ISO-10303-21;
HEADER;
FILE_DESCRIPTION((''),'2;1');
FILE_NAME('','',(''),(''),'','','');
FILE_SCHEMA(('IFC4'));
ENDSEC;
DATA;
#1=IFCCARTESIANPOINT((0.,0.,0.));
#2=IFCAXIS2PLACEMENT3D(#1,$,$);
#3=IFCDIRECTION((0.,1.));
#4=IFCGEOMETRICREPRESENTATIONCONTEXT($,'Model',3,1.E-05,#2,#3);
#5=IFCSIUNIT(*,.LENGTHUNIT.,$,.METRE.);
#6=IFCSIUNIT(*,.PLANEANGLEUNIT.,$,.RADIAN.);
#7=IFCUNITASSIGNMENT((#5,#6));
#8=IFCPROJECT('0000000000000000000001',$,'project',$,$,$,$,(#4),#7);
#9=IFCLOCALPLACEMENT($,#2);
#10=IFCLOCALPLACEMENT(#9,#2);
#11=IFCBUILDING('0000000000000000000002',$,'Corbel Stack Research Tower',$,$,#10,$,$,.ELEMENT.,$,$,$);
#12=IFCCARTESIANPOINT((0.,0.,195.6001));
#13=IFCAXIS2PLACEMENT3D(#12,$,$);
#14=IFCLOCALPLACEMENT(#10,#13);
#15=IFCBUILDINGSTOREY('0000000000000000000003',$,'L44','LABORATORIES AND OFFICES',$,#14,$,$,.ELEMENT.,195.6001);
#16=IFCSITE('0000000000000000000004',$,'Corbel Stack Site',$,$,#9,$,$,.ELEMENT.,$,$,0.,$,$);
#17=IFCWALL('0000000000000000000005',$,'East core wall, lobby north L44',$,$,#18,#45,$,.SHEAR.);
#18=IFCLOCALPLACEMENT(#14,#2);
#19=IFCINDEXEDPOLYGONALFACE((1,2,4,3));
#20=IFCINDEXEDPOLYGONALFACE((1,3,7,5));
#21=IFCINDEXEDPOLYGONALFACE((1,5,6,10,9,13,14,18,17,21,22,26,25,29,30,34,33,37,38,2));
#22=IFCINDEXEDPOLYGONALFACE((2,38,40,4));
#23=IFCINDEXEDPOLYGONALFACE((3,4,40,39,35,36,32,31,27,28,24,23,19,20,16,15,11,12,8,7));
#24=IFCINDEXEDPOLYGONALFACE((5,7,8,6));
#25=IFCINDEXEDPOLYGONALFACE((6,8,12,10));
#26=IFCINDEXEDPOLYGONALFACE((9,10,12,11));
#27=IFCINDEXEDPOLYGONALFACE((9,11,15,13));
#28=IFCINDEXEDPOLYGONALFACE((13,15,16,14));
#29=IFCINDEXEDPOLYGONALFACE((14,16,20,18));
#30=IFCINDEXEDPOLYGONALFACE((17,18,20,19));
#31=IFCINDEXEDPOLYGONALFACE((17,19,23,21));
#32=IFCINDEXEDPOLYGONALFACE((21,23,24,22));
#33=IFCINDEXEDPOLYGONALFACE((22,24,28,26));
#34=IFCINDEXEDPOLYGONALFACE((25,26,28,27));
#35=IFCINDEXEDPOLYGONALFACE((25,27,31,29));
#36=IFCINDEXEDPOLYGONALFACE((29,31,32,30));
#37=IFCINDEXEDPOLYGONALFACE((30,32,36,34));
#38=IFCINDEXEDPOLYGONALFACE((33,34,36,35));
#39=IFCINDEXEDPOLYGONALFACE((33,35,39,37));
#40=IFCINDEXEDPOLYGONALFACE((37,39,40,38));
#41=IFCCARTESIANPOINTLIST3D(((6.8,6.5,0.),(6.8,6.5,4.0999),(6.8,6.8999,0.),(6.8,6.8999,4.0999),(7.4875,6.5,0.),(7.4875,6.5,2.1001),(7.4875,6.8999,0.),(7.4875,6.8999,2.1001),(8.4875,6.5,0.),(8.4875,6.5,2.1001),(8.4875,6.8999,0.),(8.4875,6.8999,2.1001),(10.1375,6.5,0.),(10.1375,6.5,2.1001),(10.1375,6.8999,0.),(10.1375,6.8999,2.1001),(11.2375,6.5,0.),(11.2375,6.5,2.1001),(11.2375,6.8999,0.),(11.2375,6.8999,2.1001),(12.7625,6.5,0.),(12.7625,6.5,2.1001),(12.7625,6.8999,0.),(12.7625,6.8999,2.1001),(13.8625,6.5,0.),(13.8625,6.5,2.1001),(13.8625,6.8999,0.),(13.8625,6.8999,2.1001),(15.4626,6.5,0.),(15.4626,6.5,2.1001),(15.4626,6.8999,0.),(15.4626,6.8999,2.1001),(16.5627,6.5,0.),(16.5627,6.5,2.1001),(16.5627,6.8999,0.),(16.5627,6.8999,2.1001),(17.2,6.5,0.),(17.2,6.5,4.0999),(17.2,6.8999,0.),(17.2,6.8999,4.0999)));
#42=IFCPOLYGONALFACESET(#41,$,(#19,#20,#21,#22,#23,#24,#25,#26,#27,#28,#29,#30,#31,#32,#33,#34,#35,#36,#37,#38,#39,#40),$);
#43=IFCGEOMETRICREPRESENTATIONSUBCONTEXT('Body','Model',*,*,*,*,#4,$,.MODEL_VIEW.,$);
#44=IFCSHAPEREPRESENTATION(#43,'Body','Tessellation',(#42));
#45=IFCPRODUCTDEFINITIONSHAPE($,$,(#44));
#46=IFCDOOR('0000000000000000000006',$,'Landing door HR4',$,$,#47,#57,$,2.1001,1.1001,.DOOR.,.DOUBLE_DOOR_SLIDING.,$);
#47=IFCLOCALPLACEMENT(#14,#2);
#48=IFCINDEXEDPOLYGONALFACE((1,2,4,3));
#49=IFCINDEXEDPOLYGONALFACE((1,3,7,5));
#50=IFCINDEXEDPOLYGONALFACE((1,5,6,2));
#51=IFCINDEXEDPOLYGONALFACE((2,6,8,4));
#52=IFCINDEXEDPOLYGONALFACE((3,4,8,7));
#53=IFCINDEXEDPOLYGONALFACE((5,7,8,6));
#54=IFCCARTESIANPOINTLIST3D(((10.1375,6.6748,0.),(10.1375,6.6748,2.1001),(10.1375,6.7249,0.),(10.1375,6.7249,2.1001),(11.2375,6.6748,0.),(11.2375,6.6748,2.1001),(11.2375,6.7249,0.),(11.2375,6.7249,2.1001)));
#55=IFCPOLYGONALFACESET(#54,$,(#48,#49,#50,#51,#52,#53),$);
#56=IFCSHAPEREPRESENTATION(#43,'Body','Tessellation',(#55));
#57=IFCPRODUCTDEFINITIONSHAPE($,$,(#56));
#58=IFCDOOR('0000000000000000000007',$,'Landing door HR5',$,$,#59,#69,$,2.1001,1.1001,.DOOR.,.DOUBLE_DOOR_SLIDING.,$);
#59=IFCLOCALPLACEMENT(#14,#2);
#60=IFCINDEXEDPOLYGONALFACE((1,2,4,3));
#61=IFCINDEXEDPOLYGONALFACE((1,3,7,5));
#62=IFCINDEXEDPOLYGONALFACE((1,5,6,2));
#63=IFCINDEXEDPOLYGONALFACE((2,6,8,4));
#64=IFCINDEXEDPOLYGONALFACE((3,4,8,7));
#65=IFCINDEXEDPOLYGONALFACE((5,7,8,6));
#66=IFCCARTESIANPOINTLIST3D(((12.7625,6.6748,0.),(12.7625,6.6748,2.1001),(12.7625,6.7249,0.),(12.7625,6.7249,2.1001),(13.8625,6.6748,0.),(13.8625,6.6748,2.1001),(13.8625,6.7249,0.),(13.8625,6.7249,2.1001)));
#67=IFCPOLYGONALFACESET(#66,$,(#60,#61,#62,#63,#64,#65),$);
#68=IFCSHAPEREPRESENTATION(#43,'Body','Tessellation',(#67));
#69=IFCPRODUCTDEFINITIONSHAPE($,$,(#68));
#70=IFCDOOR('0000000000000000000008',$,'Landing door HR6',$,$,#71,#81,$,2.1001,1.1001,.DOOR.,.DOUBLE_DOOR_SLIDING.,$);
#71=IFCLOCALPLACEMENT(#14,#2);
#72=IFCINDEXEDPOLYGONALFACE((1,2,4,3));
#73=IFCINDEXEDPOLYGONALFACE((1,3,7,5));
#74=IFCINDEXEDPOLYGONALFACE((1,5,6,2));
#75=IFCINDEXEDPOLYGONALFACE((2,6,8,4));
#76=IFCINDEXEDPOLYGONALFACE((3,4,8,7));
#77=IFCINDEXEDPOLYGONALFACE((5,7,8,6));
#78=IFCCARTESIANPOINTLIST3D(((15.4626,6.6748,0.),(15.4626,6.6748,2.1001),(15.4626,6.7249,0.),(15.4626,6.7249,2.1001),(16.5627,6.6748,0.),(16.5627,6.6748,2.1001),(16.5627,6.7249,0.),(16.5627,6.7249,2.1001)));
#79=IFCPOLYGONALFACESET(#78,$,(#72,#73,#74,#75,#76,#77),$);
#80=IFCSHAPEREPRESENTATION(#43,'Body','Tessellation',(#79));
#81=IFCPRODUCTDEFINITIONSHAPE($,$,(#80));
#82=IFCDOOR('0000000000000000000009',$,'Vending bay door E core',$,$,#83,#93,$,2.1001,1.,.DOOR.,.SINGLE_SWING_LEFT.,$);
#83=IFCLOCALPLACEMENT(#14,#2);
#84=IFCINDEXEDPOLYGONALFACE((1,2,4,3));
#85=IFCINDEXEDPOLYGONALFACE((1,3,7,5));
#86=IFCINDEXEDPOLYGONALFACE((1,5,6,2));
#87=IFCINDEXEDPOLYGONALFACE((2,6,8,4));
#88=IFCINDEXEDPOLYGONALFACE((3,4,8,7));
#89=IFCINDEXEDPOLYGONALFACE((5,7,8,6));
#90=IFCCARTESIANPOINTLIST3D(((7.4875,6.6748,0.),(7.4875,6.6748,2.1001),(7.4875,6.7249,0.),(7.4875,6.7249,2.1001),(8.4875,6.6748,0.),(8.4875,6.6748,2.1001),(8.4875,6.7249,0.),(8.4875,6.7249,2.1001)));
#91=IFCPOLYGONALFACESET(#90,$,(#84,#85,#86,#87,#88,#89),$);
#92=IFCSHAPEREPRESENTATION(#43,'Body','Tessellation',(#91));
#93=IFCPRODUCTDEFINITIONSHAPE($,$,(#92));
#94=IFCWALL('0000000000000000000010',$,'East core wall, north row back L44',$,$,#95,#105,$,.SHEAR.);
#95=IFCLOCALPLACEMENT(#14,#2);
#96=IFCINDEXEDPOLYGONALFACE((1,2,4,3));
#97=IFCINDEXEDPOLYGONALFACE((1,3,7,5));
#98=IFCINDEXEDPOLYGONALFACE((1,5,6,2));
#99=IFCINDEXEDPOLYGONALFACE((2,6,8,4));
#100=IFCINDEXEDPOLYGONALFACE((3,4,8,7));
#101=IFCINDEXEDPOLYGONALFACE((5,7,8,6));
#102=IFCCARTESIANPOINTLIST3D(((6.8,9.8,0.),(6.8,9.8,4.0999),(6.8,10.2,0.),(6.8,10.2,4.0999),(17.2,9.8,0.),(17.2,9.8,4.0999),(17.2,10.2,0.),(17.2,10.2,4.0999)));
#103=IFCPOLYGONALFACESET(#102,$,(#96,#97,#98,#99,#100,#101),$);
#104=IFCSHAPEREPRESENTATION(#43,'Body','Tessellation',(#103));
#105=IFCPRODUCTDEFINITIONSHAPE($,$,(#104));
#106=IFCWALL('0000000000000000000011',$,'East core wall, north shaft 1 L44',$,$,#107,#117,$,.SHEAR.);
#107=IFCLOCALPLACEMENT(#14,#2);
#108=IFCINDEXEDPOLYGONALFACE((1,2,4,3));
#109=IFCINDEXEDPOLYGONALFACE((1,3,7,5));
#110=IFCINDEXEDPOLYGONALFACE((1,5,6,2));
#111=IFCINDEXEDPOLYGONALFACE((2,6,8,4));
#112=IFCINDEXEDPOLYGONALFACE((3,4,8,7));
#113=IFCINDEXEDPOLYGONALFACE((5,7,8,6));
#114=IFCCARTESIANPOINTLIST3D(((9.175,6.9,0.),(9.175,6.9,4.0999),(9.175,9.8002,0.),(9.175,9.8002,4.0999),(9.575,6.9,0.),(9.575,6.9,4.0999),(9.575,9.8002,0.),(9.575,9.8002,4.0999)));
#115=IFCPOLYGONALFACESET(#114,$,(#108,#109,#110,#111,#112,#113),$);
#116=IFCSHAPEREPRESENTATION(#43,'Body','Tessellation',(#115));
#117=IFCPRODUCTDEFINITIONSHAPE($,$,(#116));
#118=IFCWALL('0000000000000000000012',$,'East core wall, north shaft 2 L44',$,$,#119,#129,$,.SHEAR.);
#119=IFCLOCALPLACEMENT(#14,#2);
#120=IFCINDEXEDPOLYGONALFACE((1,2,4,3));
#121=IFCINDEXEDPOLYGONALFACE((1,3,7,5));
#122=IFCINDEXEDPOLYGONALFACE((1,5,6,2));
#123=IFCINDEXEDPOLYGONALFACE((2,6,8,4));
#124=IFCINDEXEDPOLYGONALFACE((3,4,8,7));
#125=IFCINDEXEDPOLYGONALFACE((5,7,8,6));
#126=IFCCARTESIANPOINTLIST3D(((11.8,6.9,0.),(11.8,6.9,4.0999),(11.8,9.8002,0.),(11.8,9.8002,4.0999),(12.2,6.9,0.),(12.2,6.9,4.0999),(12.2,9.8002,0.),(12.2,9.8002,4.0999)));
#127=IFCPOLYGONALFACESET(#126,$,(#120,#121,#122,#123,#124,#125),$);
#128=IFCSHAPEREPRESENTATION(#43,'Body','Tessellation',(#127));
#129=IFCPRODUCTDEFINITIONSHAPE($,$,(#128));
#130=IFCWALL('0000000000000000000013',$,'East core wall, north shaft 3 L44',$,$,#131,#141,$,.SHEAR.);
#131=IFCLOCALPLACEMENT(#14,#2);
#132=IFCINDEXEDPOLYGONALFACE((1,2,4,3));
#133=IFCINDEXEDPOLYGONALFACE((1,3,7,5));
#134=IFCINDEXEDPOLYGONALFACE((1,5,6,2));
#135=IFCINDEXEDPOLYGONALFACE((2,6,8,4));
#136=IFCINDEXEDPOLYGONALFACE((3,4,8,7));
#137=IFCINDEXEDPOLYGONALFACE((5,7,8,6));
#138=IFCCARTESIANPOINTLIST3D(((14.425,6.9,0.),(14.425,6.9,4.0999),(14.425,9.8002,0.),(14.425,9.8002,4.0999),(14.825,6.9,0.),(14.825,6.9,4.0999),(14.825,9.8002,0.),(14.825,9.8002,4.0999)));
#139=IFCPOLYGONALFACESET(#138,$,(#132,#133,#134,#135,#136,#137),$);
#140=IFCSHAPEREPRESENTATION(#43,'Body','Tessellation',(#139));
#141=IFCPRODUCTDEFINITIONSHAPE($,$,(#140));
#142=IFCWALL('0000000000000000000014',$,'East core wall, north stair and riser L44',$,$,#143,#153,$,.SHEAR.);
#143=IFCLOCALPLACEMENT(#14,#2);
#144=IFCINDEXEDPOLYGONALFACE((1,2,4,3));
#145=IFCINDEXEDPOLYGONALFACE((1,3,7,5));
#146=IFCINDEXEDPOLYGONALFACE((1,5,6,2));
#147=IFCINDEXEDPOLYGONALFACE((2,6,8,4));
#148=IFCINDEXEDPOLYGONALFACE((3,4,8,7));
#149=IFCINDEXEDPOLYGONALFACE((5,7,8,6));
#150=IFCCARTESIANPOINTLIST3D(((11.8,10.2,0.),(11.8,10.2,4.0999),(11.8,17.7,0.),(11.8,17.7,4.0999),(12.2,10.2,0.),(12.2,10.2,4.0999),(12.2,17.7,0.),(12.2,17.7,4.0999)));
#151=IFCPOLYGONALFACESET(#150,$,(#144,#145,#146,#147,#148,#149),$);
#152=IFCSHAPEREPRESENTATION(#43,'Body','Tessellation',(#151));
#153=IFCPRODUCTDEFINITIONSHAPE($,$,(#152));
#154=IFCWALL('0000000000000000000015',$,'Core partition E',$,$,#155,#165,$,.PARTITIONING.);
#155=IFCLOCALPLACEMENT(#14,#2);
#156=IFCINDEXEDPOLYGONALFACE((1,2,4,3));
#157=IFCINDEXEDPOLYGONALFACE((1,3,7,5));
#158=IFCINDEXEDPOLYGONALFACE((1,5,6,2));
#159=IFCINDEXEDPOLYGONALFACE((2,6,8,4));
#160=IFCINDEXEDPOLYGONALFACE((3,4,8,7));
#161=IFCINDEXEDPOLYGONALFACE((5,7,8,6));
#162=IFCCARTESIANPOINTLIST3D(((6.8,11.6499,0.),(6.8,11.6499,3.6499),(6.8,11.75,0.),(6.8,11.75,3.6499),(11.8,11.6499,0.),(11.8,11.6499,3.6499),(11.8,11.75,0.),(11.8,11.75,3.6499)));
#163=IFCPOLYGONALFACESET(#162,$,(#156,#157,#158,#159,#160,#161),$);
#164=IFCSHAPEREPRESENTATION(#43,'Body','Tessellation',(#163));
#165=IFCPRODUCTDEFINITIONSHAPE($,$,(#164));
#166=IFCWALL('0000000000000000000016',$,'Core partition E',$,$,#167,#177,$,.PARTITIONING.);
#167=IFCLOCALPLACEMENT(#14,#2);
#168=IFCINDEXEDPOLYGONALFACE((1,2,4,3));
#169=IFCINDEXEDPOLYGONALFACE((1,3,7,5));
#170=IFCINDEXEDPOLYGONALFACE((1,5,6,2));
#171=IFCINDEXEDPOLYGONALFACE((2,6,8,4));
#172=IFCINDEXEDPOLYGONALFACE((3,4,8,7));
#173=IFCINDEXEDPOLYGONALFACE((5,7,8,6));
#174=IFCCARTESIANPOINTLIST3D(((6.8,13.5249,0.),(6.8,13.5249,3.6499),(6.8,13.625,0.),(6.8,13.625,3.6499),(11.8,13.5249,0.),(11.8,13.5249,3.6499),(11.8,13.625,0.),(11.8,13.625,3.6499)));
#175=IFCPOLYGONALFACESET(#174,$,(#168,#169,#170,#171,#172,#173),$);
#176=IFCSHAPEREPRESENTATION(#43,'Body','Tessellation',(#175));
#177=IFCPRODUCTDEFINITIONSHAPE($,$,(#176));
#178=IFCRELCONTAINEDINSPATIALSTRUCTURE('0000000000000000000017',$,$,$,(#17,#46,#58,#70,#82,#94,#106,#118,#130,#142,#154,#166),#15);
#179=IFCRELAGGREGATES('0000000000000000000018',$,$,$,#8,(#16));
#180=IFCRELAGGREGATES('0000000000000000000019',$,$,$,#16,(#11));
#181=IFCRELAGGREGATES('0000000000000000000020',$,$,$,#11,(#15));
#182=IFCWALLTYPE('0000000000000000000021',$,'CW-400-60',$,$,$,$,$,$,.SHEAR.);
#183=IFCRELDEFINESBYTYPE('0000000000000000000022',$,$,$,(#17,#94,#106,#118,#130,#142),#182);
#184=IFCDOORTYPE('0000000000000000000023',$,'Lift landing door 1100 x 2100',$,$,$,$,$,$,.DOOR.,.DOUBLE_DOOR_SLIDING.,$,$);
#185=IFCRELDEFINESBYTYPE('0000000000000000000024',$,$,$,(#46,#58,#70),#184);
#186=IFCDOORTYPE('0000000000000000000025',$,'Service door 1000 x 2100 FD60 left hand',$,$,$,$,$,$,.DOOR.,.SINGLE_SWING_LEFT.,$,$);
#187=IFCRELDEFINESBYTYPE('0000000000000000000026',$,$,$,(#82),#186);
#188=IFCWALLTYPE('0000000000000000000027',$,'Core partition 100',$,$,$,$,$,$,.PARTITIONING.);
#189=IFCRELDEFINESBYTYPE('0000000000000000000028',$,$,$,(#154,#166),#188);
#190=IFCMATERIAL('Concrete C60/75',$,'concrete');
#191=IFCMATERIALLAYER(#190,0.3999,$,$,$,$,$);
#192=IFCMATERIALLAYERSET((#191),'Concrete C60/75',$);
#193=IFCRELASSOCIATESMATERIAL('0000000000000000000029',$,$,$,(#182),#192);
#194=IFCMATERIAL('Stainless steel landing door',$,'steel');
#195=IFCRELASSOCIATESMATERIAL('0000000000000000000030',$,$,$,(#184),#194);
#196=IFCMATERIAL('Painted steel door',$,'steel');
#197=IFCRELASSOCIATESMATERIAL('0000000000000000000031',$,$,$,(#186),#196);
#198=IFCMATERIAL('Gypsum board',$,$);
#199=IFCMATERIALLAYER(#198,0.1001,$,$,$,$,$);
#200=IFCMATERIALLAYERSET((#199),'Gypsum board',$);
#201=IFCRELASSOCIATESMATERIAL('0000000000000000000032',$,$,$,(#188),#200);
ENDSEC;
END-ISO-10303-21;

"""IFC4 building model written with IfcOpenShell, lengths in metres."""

from ifc_helpers import new_model, si_unit, direction, frame, frame_2d, origin, place, context, subcontext, project, spatial, rectangle, extrude, material, layer, layer_set, type_object, element, fill, save


model = new_model("IFC4")

# Units and contexts
model_context = context("Model", 3, precision=1e-05, world=origin(), true_north=direction((0.0, 1.0)))
body_context = subcontext(model_context, "Body", "Model", "MODEL_VIEW")
ifc_project = project(units=[si_unit("LENGTHUNIT", "METRE"), si_unit("PLANEANGLEUNIT", "RADIAN")], contexts=[model_context])

# Site, building, storey
site_placement = place(None, origin())
site = spatial("IfcSite", under=ifc_project, at=site_placement, Name="Corbel Stack Site", CompositionType="ELEMENT", RefElevation=0.0)
building_placement = place(site_placement, origin())
building = spatial("IfcBuilding", under=site, at=building_placement, Name="Corbel Stack Research Tower", CompositionType="ELEMENT")
storey_placement = place(building_placement, frame((0.0, 0.0, 195.6001)))
storey = spatial("IfcBuildingStorey", under=building, at=storey_placement, Name="L44", Description="LABORATORIES AND OFFICES", CompositionType="ELEMENT", Elevation=195.6001)

# Wall, openings, doors
ifc_material_1 = material(Name="Concrete C60/75", Category="concrete")
ifc_layer_1 = layer(ifc_material_1, 0.3999)
ifc_layer_set_1 = layer_set([ifc_layer_1], Name="Concrete C60/75")
wall_type_1 = type_object("IfcWallType", Name="CW-400-60", PredefinedType="SHEAR", material=ifc_layer_set_1)
ifc_material_2 = material(Name="Stainless steel landing door", Category="steel")
door_type_1 = type_object("IfcDoorType", Name="Lift landing door 1100 x 2100", OperationType="DOUBLE_DOOR_SLIDING", PredefinedType="DOOR", material=ifc_material_2)
ifc_material_3 = material(Name="Painted steel door", Category="steel")
door_type_2 = type_object("IfcDoorType", Name="Service door 1000 x 2100 FD60 left hand", OperationType="SINGLE_SWING_LEFT", PredefinedType="DOOR", material=ifc_material_3)
wall_1_placement = place(storey_placement, frame((6.8, 6.7, 0.0), z_axis=(0.0, 0.0, 1.0), x_axis=(1.0, 0.0, 0.0)))
wall_1 = element("IfcWall", 1, at=wall_1_placement, inside=storey, type_object=wall_type_1, Name="East core wall, lobby north L44", PredefinedType="SHEAR", context=body_context, shape_type="SweptSolid", body=[
    extrude(rectangle(XDim=10.3999, YDim=0.3999, at=frame_2d((5.2, 0.0))), origin(), (0.0, 0.0, 1.0), 4.0999),
])
opening_1_placement = place(wall_1_placement, frame((3.3374, 0.0, 0.0)))
opening_1 = element("IfcOpeningElement", 2, at=opening_1_placement, cuts=wall_1, PredefinedType="OPENING", context=body_context, shape_type="SweptSolid", body=[
    extrude(rectangle(XDim=1.1001, YDim=2.1001, at=frame_2d((0.55, 1.05))), frame((0.0, 0.21, 0.0), z_axis=(0.0, -1.0, 0.0), x_axis=(1.0, 0.0, 0.0)), (0.0, 0.0, 1.0), 0.4199),
])
opening_2_placement = place(wall_1_placement, frame((5.9624, 0.0, 0.0)))
opening_2 = element("IfcOpeningElement", 3, at=opening_2_placement, cuts=wall_1, PredefinedType="OPENING", context=body_context, shape_type="SweptSolid", body=[
    extrude(rectangle(XDim=1.1001, YDim=2.1001, at=frame_2d((0.55, 1.05))), frame((0.0, 0.21, 0.0), z_axis=(0.0, -1.0, 0.0), x_axis=(1.0, 0.0, 0.0)), (0.0, 0.0, 1.0), 0.4199),
])
opening_3_placement = place(wall_1_placement, frame((8.6626, 0.0, 0.0)))
opening_3 = element("IfcOpeningElement", 4, at=opening_3_placement, cuts=wall_1, PredefinedType="OPENING", context=body_context, shape_type="SweptSolid", body=[
    extrude(rectangle(XDim=1.1001, YDim=2.1001, at=frame_2d((0.55, 1.05))), frame((0.0, 0.21, 0.0), z_axis=(0.0, -1.0, 0.0), x_axis=(1.0, 0.0, 0.0)), (0.0, 0.0, 1.0), 0.4199),
])
opening_4_placement = place(wall_1_placement, frame((0.6875, 0.0, 0.0)))
opening_4 = element("IfcOpeningElement", 5, at=opening_4_placement, cuts=wall_1, PredefinedType="OPENING", context=body_context, shape_type="SweptSolid", body=[
    extrude(rectangle(XDim=1.0, YDim=2.1001, at=frame_2d((0.5, 1.05))), frame((0.0, 0.21, 0.0), z_axis=(0.0, -1.0, 0.0), x_axis=(1.0, 0.0, 0.0)), (0.0, 0.0, 1.0), 0.4199),
])
door_1_placement = place(opening_1_placement, origin())
door_1 = element("IfcDoor", 6, at=door_1_placement, inside=storey, type_object=door_type_1, Name="Landing door HR4", OperationType="DOUBLE_DOOR_SLIDING", OverallHeight=2.1001, OverallWidth=1.1001, PredefinedType="DOOR", context=body_context, shape_type="SweptSolid", body=[
    extrude(rectangle(XDim=1.1001, YDim=2.1001, at=frame_2d((0.55, 1.05))), frame((0.0, 0.0249, 0.0), z_axis=(0.0, -1.0, 0.0), x_axis=(1.0, 0.0, 0.0)), (0.0, 0.0, 1.0), 0.05),
])
fill(opening_1, door_1)
door_2_placement = place(opening_2_placement, origin())
door_2 = element("IfcDoor", 7, at=door_2_placement, inside=storey, type_object=door_type_1, Name="Landing door HR5", OperationType="DOUBLE_DOOR_SLIDING", OverallHeight=2.1001, OverallWidth=1.1001, PredefinedType="DOOR", context=body_context, shape_type="SweptSolid", body=[
    extrude(rectangle(XDim=1.1001, YDim=2.1001, at=frame_2d((0.55, 1.05))), frame((0.0, 0.0249, 0.0), z_axis=(0.0, -1.0, 0.0), x_axis=(1.0, 0.0, 0.0)), (0.0, 0.0, 1.0), 0.05),
])
fill(opening_2, door_2)
door_3_placement = place(opening_3_placement, origin())
door_3 = element("IfcDoor", 8, at=door_3_placement, inside=storey, type_object=door_type_1, Name="Landing door HR6", OperationType="DOUBLE_DOOR_SLIDING", OverallHeight=2.1001, OverallWidth=1.1001, PredefinedType="DOOR", context=body_context, shape_type="SweptSolid", body=[
    extrude(rectangle(XDim=1.1001, YDim=2.1001, at=frame_2d((0.55, 1.05))), frame((0.0, 0.0249, 0.0), z_axis=(0.0, -1.0, 0.0), x_axis=(1.0, 0.0, 0.0)), (0.0, 0.0, 1.0), 0.05),
])
fill(opening_3, door_3)
door_4_placement = place(opening_4_placement, origin())
door_4 = element("IfcDoor", 9, at=door_4_placement, inside=storey, type_object=door_type_2, Name="Vending bay door E core", OperationType="SINGLE_SWING_LEFT", OverallHeight=2.1001, OverallWidth=1.0, PredefinedType="DOOR", context=body_context, shape_type="SweptSolid", body=[
    extrude(rectangle(XDim=1.0, YDim=2.1001, at=frame_2d((0.5, 1.05))), frame((0.0, 0.0249, 0.0), z_axis=(0.0, -1.0, 0.0), x_axis=(1.0, 0.0, 0.0)), (0.0, 0.0, 1.0), 0.05),
])
fill(opening_4, door_4)

# Walls
wall_2_placement = place(storey_placement, frame((6.8, 10.0, 0.0), z_axis=(0.0, 0.0, 1.0), x_axis=(1.0, 0.0, 0.0)))
element("IfcWall", 10, at=wall_2_placement, inside=storey, type_object=wall_type_1, Name="East core wall, north row back L44", PredefinedType="SHEAR", context=body_context, shape_type="SweptSolid", body=[
    extrude(rectangle(XDim=10.3999, YDim=0.3999, at=frame_2d((5.2, 0.0))), origin(), (0.0, 0.0, 1.0), 4.0999),
])
for number, where, z_axis, x_axis, name in (
    (11, (9.375, 6.8999, 0.0), (0.0, 0.0, 1.0), (0.0, 1.0, 0.0), "East core wall, north shaft 1 L44"),
    (12, (12.0, 6.8999, 0.0), (0.0, 0.0, 1.0), (0.0, 1.0, 0.0), "East core wall, north shaft 2 L44"),
    (13, (14.625, 6.8999, 0.0), (0.0, 0.0, 1.0), (0.0, 1.0, 0.0), "East core wall, north shaft 3 L44"),
):
    element("IfcWall", number, at=place(storey_placement, frame(where, z_axis=z_axis, x_axis=x_axis)), inside=storey, type_object=wall_type_1, Name=name, PredefinedType="SHEAR", context=body_context, shape_type="SweptSolid", body=[
        extrude(rectangle(XDim=2.9001, YDim=0.3999, at=frame_2d((1.4502, 0.0))), origin(), (0.0, 0.0, 1.0), 4.0999),
    ])
wall_3_placement = place(storey_placement, frame((12.0, 10.2, 0.0), z_axis=(0.0, 0.0, 1.0), x_axis=(0.0, 1.0, 0.0)))
element("IfcWall", 14, at=wall_3_placement, inside=storey, type_object=wall_type_1, Name="East core wall, north stair and riser L44", PredefinedType="SHEAR", context=body_context, shape_type="SweptSolid", body=[
    extrude(rectangle(XDim=7.5, YDim=0.3999, at=frame_2d((3.75, 0.0))), origin(), (0.0, 0.0, 1.0), 4.0999),
])
ifc_material_4 = material(Name="Gypsum board")
ifc_layer_2 = layer(ifc_material_4, 0.1001)
ifc_layer_set_2 = layer_set([ifc_layer_2], Name="Gypsum board")
wall_type_2 = type_object("IfcWallType", Name="Core partition 100", PredefinedType="PARTITIONING", material=ifc_layer_set_2)
for number, where, z_axis, x_axis, name in (
    (15, (6.8, 11.7, 0.0), (0.0, 0.0, 1.0), (1.0, 0.0, 0.0), "Core partition E"),
    (16, (6.8, 13.575, 0.0), (0.0, 0.0, 1.0), (1.0, 0.0, 0.0), "Core partition E"),
):
    element("IfcWall", number, at=place(storey_placement, frame(where, z_axis=z_axis, x_axis=x_axis)), inside=storey, type_object=wall_type_2, Name=name, PredefinedType="PARTITIONING", context=body_context, shape_type="SweptSolid", body=[
        extrude(rectangle(XDim=5.0, YDim=0.1001, at=frame_2d((2.5, 0.0))), origin(), (0.0, 0.0, 1.0), 3.6499),
    ])

save(model, "model.ifc")
